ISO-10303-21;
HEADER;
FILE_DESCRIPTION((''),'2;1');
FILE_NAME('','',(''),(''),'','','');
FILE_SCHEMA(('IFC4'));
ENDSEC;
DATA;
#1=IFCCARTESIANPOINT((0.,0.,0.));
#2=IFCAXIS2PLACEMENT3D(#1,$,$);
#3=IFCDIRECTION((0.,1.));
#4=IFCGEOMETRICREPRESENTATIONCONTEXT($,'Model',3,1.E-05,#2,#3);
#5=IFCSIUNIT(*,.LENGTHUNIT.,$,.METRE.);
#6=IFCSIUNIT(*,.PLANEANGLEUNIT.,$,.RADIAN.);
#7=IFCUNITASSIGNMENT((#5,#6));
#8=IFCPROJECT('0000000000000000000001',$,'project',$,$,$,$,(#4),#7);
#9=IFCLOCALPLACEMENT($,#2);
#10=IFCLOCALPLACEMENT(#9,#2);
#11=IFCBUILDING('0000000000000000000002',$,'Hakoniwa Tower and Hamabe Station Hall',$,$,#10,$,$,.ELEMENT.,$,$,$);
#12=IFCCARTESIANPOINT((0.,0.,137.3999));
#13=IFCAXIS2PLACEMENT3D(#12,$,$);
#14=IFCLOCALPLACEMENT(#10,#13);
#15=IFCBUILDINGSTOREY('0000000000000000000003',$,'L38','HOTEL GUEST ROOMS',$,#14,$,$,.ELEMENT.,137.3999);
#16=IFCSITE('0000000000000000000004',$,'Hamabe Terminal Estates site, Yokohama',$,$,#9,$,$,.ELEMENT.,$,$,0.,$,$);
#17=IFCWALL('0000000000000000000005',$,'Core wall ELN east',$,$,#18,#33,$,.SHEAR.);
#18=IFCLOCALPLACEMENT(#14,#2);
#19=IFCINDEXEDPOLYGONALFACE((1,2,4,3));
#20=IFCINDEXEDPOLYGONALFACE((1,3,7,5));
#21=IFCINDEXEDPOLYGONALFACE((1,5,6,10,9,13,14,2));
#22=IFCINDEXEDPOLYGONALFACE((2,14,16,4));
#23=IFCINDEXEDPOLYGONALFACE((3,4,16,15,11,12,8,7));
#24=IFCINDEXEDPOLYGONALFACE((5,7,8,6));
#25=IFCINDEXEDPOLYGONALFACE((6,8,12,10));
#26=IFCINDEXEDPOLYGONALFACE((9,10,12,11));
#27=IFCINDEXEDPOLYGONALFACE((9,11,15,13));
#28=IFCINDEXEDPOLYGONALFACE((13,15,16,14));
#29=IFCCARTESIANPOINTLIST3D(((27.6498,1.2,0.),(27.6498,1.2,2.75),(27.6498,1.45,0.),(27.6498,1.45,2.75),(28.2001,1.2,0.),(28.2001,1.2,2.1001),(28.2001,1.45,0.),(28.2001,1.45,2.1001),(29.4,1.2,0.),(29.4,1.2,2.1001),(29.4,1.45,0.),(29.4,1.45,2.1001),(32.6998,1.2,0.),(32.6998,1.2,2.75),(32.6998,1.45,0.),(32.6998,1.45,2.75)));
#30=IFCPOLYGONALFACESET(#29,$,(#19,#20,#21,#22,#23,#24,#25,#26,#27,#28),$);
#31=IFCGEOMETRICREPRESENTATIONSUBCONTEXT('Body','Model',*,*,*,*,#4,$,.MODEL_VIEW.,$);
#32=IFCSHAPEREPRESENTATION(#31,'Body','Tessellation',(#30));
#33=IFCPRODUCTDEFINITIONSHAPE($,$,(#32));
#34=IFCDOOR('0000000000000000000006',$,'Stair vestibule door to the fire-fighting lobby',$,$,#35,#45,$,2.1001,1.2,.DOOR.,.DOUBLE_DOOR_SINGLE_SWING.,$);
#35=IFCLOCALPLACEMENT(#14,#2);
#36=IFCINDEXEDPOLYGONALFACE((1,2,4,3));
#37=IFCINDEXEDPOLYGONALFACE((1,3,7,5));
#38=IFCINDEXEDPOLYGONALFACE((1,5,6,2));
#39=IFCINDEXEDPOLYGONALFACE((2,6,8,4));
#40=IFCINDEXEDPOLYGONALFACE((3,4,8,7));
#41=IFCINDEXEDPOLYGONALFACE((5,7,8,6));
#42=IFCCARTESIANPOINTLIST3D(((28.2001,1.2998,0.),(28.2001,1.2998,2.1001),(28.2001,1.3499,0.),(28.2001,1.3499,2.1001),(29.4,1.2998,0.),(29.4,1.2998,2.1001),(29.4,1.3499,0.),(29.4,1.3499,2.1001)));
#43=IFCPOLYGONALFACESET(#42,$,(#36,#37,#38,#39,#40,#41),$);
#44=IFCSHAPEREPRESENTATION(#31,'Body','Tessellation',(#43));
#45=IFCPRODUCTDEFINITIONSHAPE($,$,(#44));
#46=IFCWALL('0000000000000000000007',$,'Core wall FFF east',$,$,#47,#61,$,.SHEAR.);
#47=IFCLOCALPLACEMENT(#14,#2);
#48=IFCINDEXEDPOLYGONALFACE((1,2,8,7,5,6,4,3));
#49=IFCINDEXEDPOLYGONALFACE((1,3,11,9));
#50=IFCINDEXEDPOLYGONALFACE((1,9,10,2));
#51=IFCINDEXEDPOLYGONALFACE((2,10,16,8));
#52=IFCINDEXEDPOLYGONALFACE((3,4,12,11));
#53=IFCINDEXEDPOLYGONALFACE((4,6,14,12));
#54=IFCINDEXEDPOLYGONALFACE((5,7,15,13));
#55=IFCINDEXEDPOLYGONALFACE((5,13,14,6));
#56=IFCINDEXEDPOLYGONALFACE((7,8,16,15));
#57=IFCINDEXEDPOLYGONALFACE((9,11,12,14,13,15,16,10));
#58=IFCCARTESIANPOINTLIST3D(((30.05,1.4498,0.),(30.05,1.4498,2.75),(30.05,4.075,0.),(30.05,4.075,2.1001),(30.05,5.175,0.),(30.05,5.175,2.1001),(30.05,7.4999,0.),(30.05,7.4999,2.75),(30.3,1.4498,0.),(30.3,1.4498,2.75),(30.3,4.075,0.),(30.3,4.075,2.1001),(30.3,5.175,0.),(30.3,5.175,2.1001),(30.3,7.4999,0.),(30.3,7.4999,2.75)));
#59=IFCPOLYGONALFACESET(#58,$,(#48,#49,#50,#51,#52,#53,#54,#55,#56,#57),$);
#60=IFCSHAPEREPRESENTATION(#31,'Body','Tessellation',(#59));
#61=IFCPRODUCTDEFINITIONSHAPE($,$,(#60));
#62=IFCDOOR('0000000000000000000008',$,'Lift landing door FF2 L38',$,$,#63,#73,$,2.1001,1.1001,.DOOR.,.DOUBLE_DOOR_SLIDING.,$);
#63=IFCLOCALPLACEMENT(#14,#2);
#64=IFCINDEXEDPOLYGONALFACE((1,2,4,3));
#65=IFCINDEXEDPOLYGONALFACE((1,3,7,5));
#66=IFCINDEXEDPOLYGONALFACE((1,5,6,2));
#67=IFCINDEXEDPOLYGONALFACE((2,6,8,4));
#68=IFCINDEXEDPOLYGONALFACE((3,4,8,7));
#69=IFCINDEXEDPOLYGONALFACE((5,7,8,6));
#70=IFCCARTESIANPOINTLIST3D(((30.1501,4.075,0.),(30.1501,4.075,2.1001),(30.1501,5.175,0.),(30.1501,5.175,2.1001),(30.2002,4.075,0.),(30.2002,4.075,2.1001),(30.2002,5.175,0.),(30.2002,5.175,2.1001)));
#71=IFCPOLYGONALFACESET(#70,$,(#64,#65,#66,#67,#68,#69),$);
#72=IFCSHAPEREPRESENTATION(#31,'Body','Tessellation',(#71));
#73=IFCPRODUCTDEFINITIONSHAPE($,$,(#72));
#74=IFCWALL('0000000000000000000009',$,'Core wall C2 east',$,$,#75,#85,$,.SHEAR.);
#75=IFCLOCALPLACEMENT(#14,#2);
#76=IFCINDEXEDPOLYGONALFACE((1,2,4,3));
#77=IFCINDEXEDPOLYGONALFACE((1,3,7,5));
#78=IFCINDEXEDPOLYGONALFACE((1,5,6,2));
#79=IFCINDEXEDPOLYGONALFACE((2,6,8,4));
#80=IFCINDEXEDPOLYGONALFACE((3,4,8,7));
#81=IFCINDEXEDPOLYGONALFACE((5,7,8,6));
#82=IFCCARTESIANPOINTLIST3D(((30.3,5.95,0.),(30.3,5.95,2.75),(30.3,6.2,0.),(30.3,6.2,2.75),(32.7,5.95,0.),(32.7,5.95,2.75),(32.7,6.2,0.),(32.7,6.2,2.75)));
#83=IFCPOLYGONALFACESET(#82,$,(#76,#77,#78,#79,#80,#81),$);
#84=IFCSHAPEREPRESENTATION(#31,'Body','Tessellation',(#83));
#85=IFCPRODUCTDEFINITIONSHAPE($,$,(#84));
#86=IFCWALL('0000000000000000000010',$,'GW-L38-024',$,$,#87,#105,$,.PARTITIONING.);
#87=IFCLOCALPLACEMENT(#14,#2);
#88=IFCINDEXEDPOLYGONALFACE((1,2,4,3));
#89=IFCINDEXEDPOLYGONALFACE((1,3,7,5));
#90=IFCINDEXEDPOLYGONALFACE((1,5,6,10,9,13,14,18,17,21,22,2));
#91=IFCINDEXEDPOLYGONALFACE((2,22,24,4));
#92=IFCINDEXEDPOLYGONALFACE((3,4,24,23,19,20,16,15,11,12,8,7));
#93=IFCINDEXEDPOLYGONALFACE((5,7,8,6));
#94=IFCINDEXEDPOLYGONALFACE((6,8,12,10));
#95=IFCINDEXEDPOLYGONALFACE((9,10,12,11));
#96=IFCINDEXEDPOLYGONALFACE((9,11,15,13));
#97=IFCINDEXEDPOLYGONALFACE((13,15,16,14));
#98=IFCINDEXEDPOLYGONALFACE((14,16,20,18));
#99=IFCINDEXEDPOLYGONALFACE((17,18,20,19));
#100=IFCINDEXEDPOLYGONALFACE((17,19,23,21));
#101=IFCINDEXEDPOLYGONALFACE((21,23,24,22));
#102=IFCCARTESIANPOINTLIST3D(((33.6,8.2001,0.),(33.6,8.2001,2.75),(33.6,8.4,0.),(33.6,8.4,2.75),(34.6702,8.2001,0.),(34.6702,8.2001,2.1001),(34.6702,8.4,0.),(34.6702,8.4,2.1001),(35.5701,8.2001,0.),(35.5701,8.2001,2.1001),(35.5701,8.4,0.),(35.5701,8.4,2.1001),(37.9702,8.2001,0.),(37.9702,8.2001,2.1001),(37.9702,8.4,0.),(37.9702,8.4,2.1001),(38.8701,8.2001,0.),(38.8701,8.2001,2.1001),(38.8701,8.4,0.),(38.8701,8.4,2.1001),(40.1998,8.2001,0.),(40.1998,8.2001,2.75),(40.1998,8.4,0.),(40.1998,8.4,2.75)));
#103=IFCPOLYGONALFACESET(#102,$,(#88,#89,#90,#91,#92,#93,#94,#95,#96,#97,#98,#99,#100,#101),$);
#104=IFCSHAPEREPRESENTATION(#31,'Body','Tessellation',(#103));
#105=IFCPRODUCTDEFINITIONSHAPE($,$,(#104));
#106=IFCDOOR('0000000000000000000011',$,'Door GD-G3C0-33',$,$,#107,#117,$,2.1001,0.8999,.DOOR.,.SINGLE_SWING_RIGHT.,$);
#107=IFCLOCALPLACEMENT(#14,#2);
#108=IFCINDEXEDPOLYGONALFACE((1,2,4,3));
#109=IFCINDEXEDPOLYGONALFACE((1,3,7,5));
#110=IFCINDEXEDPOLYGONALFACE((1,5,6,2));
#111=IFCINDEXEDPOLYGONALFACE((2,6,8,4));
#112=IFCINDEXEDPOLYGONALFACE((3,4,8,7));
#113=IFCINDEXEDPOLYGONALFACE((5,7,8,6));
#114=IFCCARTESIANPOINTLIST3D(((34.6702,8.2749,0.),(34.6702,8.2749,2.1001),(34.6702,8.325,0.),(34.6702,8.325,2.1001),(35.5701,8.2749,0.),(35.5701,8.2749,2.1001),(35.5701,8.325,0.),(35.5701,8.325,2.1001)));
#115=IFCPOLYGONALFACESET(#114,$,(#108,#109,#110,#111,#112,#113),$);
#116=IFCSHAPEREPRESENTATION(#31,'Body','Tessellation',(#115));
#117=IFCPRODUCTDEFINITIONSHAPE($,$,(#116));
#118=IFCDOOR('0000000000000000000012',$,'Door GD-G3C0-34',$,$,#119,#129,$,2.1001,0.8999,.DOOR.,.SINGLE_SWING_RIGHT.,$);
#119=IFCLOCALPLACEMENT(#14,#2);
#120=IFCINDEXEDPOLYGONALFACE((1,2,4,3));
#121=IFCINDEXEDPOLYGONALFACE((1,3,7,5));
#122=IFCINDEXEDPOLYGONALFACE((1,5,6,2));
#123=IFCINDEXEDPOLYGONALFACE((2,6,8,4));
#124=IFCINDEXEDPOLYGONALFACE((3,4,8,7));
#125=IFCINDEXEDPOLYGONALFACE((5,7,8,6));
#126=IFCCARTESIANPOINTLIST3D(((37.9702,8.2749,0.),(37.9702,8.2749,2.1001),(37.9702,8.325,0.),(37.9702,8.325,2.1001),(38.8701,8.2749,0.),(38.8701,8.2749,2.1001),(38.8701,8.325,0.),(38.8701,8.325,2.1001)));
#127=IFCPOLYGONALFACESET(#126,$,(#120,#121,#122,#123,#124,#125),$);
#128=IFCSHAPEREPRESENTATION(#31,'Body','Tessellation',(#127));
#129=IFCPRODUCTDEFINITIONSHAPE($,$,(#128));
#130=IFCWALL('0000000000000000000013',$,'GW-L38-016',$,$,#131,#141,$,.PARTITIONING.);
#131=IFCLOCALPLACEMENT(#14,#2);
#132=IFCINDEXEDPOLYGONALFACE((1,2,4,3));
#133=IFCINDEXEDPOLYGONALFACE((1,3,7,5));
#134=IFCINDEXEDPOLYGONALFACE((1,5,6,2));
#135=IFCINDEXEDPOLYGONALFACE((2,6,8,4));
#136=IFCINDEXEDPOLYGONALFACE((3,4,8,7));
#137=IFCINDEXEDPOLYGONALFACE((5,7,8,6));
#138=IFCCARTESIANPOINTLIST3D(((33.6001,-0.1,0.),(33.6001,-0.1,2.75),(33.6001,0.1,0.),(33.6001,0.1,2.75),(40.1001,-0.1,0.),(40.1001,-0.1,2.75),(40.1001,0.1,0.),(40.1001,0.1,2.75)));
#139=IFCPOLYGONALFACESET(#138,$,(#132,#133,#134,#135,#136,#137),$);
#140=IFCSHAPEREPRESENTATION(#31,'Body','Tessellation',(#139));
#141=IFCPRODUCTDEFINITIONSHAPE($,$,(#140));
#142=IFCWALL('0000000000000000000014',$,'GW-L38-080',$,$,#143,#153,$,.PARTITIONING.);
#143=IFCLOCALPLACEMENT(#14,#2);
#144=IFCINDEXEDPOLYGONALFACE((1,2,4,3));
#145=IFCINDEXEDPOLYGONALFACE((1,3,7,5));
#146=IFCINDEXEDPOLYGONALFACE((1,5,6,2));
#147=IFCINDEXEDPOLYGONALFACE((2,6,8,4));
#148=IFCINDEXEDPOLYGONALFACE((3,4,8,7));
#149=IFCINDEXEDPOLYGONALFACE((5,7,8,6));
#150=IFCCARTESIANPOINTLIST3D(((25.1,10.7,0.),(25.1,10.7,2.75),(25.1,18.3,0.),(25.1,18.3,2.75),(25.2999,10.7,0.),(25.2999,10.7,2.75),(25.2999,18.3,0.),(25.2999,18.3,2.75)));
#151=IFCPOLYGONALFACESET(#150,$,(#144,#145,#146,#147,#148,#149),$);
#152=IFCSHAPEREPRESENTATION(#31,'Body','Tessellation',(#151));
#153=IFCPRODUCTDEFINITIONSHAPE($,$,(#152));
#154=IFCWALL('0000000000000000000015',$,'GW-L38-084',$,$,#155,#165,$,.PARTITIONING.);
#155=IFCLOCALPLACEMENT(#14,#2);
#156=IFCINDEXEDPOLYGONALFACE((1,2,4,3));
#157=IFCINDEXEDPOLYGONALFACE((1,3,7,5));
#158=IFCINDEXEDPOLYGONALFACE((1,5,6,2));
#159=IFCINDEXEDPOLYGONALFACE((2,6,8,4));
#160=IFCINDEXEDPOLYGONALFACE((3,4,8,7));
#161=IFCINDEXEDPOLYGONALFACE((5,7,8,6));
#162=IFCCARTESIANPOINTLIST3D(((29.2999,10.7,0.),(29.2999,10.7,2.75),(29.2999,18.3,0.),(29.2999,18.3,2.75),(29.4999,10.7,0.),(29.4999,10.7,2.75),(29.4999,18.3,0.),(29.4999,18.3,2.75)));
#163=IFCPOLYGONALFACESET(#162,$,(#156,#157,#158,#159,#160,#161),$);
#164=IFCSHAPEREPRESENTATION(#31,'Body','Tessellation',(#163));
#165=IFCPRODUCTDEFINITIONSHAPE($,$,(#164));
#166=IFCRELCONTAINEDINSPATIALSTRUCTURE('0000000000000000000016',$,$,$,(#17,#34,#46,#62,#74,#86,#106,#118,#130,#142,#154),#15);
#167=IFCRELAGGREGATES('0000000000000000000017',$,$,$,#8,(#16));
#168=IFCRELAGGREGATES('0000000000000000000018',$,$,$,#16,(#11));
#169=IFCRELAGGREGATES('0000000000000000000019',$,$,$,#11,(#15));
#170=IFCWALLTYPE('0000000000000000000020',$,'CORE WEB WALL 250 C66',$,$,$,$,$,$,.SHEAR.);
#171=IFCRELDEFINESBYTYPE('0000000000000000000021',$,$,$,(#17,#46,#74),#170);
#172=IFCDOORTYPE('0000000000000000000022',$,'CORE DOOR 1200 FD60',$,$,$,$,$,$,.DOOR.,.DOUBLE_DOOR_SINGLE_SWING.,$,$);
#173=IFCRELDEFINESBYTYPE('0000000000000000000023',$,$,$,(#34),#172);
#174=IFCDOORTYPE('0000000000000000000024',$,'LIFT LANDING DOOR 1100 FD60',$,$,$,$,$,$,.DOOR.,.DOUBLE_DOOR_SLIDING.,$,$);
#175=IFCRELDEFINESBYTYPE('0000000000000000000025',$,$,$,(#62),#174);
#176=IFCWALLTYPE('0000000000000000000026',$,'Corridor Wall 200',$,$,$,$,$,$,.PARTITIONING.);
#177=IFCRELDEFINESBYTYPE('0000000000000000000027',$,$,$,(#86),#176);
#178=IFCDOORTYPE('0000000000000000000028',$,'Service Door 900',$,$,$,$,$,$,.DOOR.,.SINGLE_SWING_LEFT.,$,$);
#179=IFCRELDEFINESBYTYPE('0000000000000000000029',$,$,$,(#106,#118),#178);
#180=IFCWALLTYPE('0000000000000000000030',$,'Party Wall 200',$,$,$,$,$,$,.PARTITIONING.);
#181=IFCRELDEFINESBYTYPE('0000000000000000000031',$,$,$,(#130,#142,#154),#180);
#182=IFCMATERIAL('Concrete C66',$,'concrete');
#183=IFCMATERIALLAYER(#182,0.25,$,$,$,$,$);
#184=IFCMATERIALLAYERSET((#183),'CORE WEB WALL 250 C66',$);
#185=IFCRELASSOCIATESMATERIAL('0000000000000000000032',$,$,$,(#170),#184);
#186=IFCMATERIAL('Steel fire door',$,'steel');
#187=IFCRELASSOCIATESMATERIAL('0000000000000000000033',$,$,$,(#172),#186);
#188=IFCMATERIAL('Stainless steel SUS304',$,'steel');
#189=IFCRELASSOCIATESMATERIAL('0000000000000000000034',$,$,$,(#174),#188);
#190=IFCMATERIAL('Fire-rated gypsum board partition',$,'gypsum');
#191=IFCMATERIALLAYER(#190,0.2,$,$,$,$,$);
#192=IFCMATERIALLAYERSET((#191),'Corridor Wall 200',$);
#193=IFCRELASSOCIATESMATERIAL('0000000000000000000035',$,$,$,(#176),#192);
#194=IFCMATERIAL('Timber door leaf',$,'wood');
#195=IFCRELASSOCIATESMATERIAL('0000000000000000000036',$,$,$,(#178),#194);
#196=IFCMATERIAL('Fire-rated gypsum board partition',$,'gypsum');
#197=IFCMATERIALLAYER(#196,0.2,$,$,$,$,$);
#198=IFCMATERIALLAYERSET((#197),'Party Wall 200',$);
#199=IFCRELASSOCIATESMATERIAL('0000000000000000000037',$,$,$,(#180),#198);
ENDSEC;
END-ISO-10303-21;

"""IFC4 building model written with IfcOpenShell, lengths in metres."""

from ifc_helpers import new_model, si_unit, direction, frame, frame_2d, origin, place, context, subcontext, project, spatial, rectangle, extrude, material, layer, layer_set, type_object, element, fill, save


model = new_model("IFC4")

# Units and contexts
model_context = context("Model", 3, precision=1e-05, world=origin(), true_north=direction((0.0, 1.0)))
body_context = subcontext(model_context, "Body", "Model", "MODEL_VIEW")
ifc_project = project(units=[si_unit("LENGTHUNIT", "METRE"), si_unit("PLANEANGLEUNIT", "RADIAN")], contexts=[model_context])

# Site, building, storey
site_placement = place(None, origin())
site = spatial("IfcSite", under=ifc_project, at=site_placement, Name="Hamabe Terminal Estates site, Yokohama", CompositionType="ELEMENT", RefElevation=0.0)
building_placement = place(site_placement, origin())
building = spatial("IfcBuilding", under=site, at=building_placement, Name="Hakoniwa Tower and Hamabe Station Hall", CompositionType="ELEMENT")
storey_placement = place(building_placement, frame((0.0, 0.0, 137.3999)))
storey = spatial("IfcBuildingStorey", under=building, at=storey_placement, Name="L38", Description="HOTEL GUEST ROOMS", CompositionType="ELEMENT", Elevation=137.3999)

# Shared definitions
ifc_material_1 = material(Name="Concrete C66", Category="concrete")
ifc_layer_1 = layer(ifc_material_1, 0.25)
ifc_layer_set_1 = layer_set([ifc_layer_1], Name="CORE WEB WALL 250 C66")
wall_type_1 = type_object("IfcWallType", Name="CORE WEB WALL 250 C66", PredefinedType="SHEAR", material=ifc_layer_set_1)

# Walls, openings, doors
ifc_material_2 = material(Name="Steel fire door", Category="steel")
door_type_1 = type_object("IfcDoorType", Name="CORE DOOR 1200 FD60", OperationType="DOUBLE_DOOR_SINGLE_SWING", PredefinedType="DOOR", material=ifc_material_2)
wall_1_placement = place(storey_placement, frame((27.6499, 1.325, 0.0), z_axis=(0.0, 0.0, 1.0), x_axis=(1.0, 0.0, 0.0)))
wall_1 = element("IfcWall", 1, at=wall_1_placement, inside=storey, type_object=wall_type_1, Name="Core wall ELN east", PredefinedType="SHEAR", context=body_context, shape_type="SweptSolid", body=[
    extrude(rectangle(XDim=5.05, YDim=0.25, at=frame_2d((2.5249, 0.0))), origin(), (0.0, 0.0, 1.0), 2.75),
])
opening_1_placement = place(wall_1_placement, frame((0.55, 0.0, 0.0)))
opening_1 = element("IfcOpeningElement", 2, at=opening_1_placement, cuts=wall_1, PredefinedType="OPENING", context=body_context, shape_type="SweptSolid", body=[
    extrude(rectangle(XDim=1.2, YDim=2.1001, at=frame_2d((0.6001, 1.05))), frame((0.0, 0.135, 0.0), z_axis=(0.0, -1.0, 0.0), x_axis=(1.0, 0.0, 0.0)), (0.0, 0.0, 1.0), 0.27),
])
door_1_placement = place(opening_1_placement, origin())
door_1 = element("IfcDoor", 3, at=door_1_placement, inside=storey, type_object=door_type_1, Name="Stair vestibule door to the fire-fighting lobby", OperationType="DOUBLE_DOOR_SINGLE_SWING", OverallHeight=2.1001, OverallWidth=1.2, PredefinedType="DOOR", context=body_context, shape_type="SweptSolid", body=[
    extrude(rectangle(XDim=1.2, YDim=2.1001, at=frame_2d((0.6001, 1.05))), frame((0.0, 0.0249, 0.0), z_axis=(0.0, -1.0, 0.0), x_axis=(1.0, 0.0, 0.0)), (0.0, 0.0, 1.0), 0.05),
])
fill(opening_1, door_1)
wall_2_placement = place(storey_placement, frame((30.175, 1.45, 0.0), z_axis=(0.0, 0.0, 1.0), x_axis=(0.0, 1.0, 0.0)))
wall_2 = element("IfcWall", 4, at=wall_2_placement, inside=storey, type_object=wall_type_1, Name="Core wall FFF east", PredefinedType="SHEAR", context=body_context, shape_type="SweptSolid", body=[
    extrude(rectangle(XDim=6.05, YDim=0.25, at=frame_2d((3.0249, 0.0))), origin(), (0.0, 0.0, 1.0), 2.75),
])
opening_2_placement = place(wall_2_placement, frame((2.625, 0.0, 0.0)))
opening_2 = element("IfcOpeningElement", 5, at=opening_2_placement, cuts=wall_2, PredefinedType="OPENING", context=body_context, shape_type="SweptSolid", body=[
    extrude(rectangle(XDim=1.1001, YDim=2.1001, at=frame_2d((0.55, 1.05))), frame((0.0, 0.135, 0.0), z_axis=(0.0, -1.0, 0.0), x_axis=(1.0, 0.0, 0.0)), (0.0, 0.0, 1.0), 0.27),
])
ifc_material_3 = material(Name="Stainless steel SUS304", Category="steel")
door_type_2 = type_object("IfcDoorType", Name="LIFT LANDING DOOR 1100 FD60", OperationType="DOUBLE_DOOR_SLIDING", PredefinedType="DOOR", material=ifc_material_3)
door_2_placement = place(opening_2_placement, origin())
door_2 = element("IfcDoor", 6, at=door_2_placement, inside=storey, type_object=door_type_2, Name="Lift landing door FF2 L38", OperationType="DOUBLE_DOOR_SLIDING", OverallHeight=2.1001, OverallWidth=1.1001, PredefinedType="DOOR", context=body_context, shape_type="SweptSolid", body=[
    extrude(rectangle(XDim=1.1001, YDim=2.1001, at=frame_2d((0.55, 1.05))), frame((0.0, 0.0249, 0.0), z_axis=(0.0, -1.0, 0.0), x_axis=(1.0, 0.0, 0.0)), (0.0, 0.0, 1.0), 0.05),
])
fill(opening_2, door_2)

# Wall
wall_3_placement = place(storey_placement, frame((30.3, 6.075, 0.0), z_axis=(0.0, 0.0, 1.0), x_axis=(1.0, 0.0, 0.0)))
element("IfcWall", 7, at=wall_3_placement, inside=storey, type_object=wall_type_1, Name="Core wall C2 east", PredefinedType="SHEAR", context=body_context, shape_type="SweptSolid", body=[
    extrude(rectangle(XDim=2.3999, YDim=0.25, at=frame_2d((1.2, 0.0))), origin(), (0.0, 0.0, 1.0), 2.75),
])

# Wall, openings, doors
ifc_material_4 = material(Name="Fire-rated gypsum board partition", Category="gypsum")
ifc_layer_2 = layer(ifc_material_4, 0.2)
ifc_layer_set_2 = layer_set([ifc_layer_2], Name="Corridor Wall 200")
wall_type_2 = type_object("IfcWallType", Name="Corridor Wall 200", PredefinedType="PARTITIONING", material=ifc_layer_set_2)
wall_4_placement = place(storey_placement, frame((33.6001, 8.3, 0.0), z_axis=(0.0, 0.0, 1.0), x_axis=(1.0, 0.0, 0.0)))
wall_4 = element("IfcWall", 8, at=wall_4_placement, inside=storey, type_object=wall_type_2, Name="GW-L38-024", PredefinedType="PARTITIONING", context=body_context, shape_type="SweptSolid", body=[
    extrude(rectangle(XDim=6.5999, YDim=0.2, at=frame_2d((3.2998, 0.0))), origin(), (0.0, 0.0, 1.0), 2.75),
])
opening_3_placement = place(wall_4_placement, frame((1.0701, 0.0, 0.0)))
opening_3 = element("IfcOpeningElement", 9, at=opening_3_placement, cuts=wall_4, PredefinedType="OPENING", context=body_context, shape_type="SweptSolid", body=[
    extrude(rectangle(XDim=0.8999, YDim=2.1001, at=frame_2d((0.45, 1.05))), frame((0.0, 0.1099, 0.0), z_axis=(0.0, -1.0, 0.0), x_axis=(1.0, 0.0, 0.0)), (0.0, 0.0, 1.0), 0.22),
])
opening_4_placement = place(wall_4_placement, frame((4.3701, 0.0, 0.0)))
opening_4 = element("IfcOpeningElement", 10, at=opening_4_placement, cuts=wall_4, PredefinedType="OPENING", context=body_context, shape_type="SweptSolid", body=[
    extrude(rectangle(XDim=0.8999, YDim=2.1001, at=frame_2d((0.45, 1.05))), frame((0.0, 0.1099, 0.0), z_axis=(0.0, -1.0, 0.0), x_axis=(1.0, 0.0, 0.0)), (0.0, 0.0, 1.0), 0.22),
])
ifc_material_5 = material(Name="Timber door leaf", Category="wood")
door_type_3 = type_object("IfcDoorType", Name="Service Door 900", OperationType="SINGLE_SWING_LEFT", PredefinedType="DOOR", material=ifc_material_5)
door_3_placement = place(opening_3_placement, origin())
door_3 = element("IfcDoor", 11, at=door_3_placement, inside=storey, type_object=door_type_3, Name="Door GD-G3C0-33", OperationType="SINGLE_SWING_RIGHT", OverallHeight=2.1001, OverallWidth=0.8999, PredefinedType="DOOR", context=body_context, shape_type="SweptSolid", body=[
    extrude(rectangle(XDim=0.8999, YDim=2.1001, at=frame_2d((0.45, 1.05))), frame((0.0, 0.0249, 0.0), z_axis=(0.0, -1.0, 0.0), x_axis=(1.0, 0.0, 0.0)), (0.0, 0.0, 1.0), 0.05),
])
fill(opening_3, door_3)
door_4_placement = place(opening_4_placement, origin())
door_4 = element("IfcDoor", 12, at=door_4_placement, inside=storey, type_object=door_type_3, Name="Door GD-G3C0-34", OperationType="SINGLE_SWING_RIGHT", OverallHeight=2.1001, OverallWidth=0.8999, PredefinedType="DOOR", context=body_context, shape_type="SweptSolid", body=[
    extrude(rectangle(XDim=0.8999, YDim=2.1001, at=frame_2d((0.45, 1.05))), frame((0.0, 0.0249, 0.0), z_axis=(0.0, -1.0, 0.0), x_axis=(1.0, 0.0, 0.0)), (0.0, 0.0, 1.0), 0.05),
])
fill(opening_4, door_4)

# Walls
ifc_material_6 = material(Name="Fire-rated gypsum board partition", Category="gypsum")
ifc_layer_3 = layer(ifc_material_6, 0.2)
ifc_layer_set_3 = layer_set([ifc_layer_3], Name="Party Wall 200")
wall_type_3 = type_object("IfcWallType", Name="Party Wall 200", PredefinedType="PARTITIONING", material=ifc_layer_set_3)
wall_5_placement = place(storey_placement, frame((33.6001, 0.0, 0.0), z_axis=(0.0, 0.0, 1.0), x_axis=(1.0, 0.0, 0.0)))
element("IfcWall", 13, at=wall_5_placement, inside=storey, type_object=wall_type_3, Name="GW-L38-016", PredefinedType="PARTITIONING", context=body_context, shape_type="SweptSolid", body=[
    extrude(rectangle(XDim=6.5, YDim=0.2, at=frame_2d((3.25, 0.0))), origin(), (0.0, 0.0, 1.0), 2.75),
])
for number, where, z_axis, x_axis, name in (
    (14, (25.2, 10.7, 0.0), (0.0, 0.0, 1.0), (0.0, 1.0, 0.0), "GW-L38-080"),
    (15, (29.3999, 10.7, 0.0), (0.0, 0.0, 1.0), (0.0, 1.0, 0.0), "GW-L38-084"),
):
    element("IfcWall", number, at=place(storey_placement, frame(where, z_axis=z_axis, x_axis=x_axis)), inside=storey, type_object=wall_type_3, Name=name, PredefinedType="PARTITIONING", context=body_context, shape_type="SweptSolid", body=[
        extrude(rectangle(XDim=7.6001, YDim=0.2, at=frame_2d((3.8, 0.0))), origin(), (0.0, 0.0, 1.0), 2.75),
    ])

save(model, "model.ifc")
